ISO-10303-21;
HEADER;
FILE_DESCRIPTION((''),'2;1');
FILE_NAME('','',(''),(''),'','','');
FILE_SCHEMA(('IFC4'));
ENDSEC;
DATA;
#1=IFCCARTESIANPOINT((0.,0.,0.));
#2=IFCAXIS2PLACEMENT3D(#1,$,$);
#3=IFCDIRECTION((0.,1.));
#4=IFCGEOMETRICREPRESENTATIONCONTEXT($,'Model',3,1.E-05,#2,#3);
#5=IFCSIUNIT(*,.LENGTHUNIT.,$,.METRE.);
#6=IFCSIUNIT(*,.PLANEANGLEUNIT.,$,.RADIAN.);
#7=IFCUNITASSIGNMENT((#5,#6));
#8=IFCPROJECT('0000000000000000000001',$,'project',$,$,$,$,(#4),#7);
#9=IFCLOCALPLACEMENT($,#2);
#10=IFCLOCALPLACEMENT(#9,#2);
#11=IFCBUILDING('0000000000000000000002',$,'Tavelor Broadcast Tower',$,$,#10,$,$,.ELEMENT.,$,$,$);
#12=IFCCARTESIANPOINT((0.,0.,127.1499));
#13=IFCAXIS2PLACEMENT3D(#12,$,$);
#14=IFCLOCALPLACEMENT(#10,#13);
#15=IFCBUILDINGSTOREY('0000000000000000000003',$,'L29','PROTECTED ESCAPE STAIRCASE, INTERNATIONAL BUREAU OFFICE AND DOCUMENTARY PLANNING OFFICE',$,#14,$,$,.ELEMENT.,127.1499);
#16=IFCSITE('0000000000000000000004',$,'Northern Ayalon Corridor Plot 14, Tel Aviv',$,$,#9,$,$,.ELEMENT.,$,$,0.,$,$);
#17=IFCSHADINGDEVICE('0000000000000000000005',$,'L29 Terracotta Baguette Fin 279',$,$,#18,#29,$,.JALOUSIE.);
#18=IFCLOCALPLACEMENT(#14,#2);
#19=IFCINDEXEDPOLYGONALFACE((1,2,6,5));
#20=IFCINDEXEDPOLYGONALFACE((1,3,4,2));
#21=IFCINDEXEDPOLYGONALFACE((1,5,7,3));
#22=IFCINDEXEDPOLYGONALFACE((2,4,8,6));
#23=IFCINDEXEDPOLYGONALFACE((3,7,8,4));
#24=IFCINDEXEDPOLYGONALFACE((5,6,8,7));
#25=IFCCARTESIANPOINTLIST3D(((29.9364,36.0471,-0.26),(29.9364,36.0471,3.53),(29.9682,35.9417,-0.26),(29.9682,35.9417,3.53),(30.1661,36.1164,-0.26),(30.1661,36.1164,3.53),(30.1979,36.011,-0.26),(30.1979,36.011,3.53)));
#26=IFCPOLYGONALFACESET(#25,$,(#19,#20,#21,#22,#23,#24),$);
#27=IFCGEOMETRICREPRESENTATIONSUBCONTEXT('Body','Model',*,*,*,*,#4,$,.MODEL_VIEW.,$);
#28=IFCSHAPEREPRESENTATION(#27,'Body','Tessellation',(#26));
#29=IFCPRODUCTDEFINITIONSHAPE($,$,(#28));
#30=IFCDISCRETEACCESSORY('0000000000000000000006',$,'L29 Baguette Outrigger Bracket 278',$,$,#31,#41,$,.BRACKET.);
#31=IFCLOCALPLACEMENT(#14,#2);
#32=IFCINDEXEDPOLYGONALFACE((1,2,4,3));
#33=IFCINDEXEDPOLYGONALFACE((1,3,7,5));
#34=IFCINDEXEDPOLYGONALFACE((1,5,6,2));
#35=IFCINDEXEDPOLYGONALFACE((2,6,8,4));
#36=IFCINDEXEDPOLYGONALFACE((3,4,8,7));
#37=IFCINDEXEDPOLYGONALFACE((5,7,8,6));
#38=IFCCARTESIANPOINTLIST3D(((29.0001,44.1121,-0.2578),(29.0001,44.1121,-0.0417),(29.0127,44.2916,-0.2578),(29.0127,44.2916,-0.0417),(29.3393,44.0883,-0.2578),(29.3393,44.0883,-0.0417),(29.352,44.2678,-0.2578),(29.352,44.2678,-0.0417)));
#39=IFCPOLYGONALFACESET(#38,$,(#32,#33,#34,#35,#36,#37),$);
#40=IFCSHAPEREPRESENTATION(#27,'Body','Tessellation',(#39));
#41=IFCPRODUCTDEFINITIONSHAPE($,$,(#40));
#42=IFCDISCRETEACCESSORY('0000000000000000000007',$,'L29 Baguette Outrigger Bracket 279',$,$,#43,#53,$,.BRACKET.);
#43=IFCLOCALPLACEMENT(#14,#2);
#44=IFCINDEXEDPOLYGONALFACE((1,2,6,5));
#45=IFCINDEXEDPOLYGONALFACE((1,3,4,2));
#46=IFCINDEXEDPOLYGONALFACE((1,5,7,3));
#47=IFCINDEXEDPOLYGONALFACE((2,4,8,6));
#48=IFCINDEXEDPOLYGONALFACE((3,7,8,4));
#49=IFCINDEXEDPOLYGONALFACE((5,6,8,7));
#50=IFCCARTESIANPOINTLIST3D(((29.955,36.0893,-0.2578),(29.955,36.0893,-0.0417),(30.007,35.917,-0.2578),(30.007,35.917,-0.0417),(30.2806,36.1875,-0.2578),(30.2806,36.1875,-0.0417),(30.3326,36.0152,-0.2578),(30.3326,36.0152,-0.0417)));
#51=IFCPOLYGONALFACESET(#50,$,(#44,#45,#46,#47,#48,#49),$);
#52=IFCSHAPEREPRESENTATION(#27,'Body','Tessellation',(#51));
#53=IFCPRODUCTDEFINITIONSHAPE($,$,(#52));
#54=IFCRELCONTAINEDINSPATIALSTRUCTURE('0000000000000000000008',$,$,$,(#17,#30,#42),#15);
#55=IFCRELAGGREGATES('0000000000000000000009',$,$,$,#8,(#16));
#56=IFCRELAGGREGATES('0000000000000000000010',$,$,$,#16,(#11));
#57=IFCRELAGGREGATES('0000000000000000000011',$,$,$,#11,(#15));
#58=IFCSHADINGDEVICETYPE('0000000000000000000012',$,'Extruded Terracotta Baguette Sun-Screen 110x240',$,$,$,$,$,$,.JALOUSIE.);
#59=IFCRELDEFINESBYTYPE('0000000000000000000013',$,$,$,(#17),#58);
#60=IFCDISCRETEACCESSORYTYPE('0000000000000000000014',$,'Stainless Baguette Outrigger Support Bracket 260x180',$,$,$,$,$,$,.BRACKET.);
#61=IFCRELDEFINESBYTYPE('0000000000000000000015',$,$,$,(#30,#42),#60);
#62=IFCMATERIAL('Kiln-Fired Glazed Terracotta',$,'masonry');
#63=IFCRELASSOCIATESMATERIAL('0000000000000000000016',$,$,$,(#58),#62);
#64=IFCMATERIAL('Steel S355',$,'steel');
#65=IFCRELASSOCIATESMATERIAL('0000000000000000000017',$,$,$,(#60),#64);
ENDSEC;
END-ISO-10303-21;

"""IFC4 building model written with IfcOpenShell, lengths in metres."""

from ifc_helpers import new_model, si_unit, direction, frame, origin, origin_2d, place, context, subcontext, project, spatial, rectangle, extrude, source, transform, mapped, material, type_object, type_shapes, element, save


model = new_model("IFC4")

# Units and contexts
model_context = context("Model", 3, precision=1e-05, world=origin(), true_north=direction((0.0, 1.0)))
body_context = subcontext(model_context, "Body", "Model", "MODEL_VIEW")
ifc_project = project(units=[si_unit("LENGTHUNIT", "METRE"), si_unit("PLANEANGLEUNIT", "RADIAN")], contexts=[model_context])

# Site, building, storey
site_placement = place(None, origin())
site = spatial("IfcSite", under=ifc_project, at=site_placement, Name="Northern Ayalon Corridor Plot 14, Tel Aviv", CompositionType="ELEMENT", RefElevation=0.0)
building_placement = place(site_placement, origin())
building = spatial("IfcBuilding", under=site, at=building_placement, Name="Tavelor Broadcast Tower", CompositionType="ELEMENT")
storey_placement = place(building_placement, frame((0.0, 0.0, 127.1499)))
storey = spatial("IfcBuildingStorey", under=building, at=storey_placement, Name="L29", Description="PROTECTED ESCAPE STAIRCASE, INTERNATIONAL BUREAU OFFICE AND DOCUMENTARY PLANNING OFFICE", CompositionType="ELEMENT", Elevation=127.1499)

# Shared definitions
ifc_material_1 = material(Name="Steel S355", Category="steel")

# Shading device
ifc_material_2 = material(Name="Kiln-Fired Glazed Terracotta", Category="masonry")
shading_device_type = type_object("IfcShadingDeviceType", Name="Extruded Terracotta Baguette Sun-Screen 110x240", PredefinedType="JALOUSIE", material=ifc_material_2)
shared_shape_1 = source(origin(), body_context, "Body", "SweptSolid", [
    extrude(rectangle(XDim=0.1101, YDim=0.24, at=origin_2d()), origin(), (0.0, 0.0, 1.0), 3.79),
])
type_shapes(shading_device_type, [shared_shape_1])
for number, where, z_axis, x_axis, name in (
    (1, (30.0671, 36.0291, -0.26), (0.0, 0.0, 1.0), (0.288865, -0.95737, 0.0), "L29 Terracotta Baguette Fin 279"),
):
    element("IfcShadingDevice", number, at=place(storey_placement, frame(where, z_axis=z_axis, x_axis=x_axis)), inside=storey, type_object=shading_device_type, Name=name, PredefinedType="JALOUSIE", context=body_context, shape_type="MappedRepresentation", body=[
        mapped(shared_shape_1, transform((0.0, 0.0, 0.0), scale=1.0)),
    ])

# Discrete accessories
discrete_accessory_type = type_object("IfcDiscreteAccessoryType", Name="Stainless Baguette Outrigger Support Bracket 260x180", PredefinedType="BRACKET", material=ifc_material_1)
shared_shape_2 = source(origin(), body_context, "Body", "SweptSolid", [
    extrude(rectangle(XDim=0.1799, YDim=0.3401, at=origin_2d()), origin(), (0.0, 0.0, 1.0), 0.2161),
])
type_shapes(discrete_accessory_type, [shared_shape_2])
for number, where, z_axis, x_axis, name in (
    (2, (29.176, 44.1899, -0.2578), (0.0, 0.0, 1.0), (-0.070105, -0.99754, 0.0), "L29 Baguette Outrigger Bracket 278"),
    (3, (30.1438, 36.0522, -0.2578), (0.0, 0.0, 1.0), (0.288865, -0.95737, 0.0), "L29 Baguette Outrigger Bracket 279"),
):
    element("IfcDiscreteAccessory", number, at=place(storey_placement, frame(where, z_axis=z_axis, x_axis=x_axis)), inside=storey, type_object=discrete_accessory_type, Name=name, PredefinedType="BRACKET", context=body_context, shape_type="MappedRepresentation", body=[
        mapped(shared_shape_2, transform((0.0, 0.0, 0.0), scale=1.0)),
    ])

save(model, "model.ifc")
